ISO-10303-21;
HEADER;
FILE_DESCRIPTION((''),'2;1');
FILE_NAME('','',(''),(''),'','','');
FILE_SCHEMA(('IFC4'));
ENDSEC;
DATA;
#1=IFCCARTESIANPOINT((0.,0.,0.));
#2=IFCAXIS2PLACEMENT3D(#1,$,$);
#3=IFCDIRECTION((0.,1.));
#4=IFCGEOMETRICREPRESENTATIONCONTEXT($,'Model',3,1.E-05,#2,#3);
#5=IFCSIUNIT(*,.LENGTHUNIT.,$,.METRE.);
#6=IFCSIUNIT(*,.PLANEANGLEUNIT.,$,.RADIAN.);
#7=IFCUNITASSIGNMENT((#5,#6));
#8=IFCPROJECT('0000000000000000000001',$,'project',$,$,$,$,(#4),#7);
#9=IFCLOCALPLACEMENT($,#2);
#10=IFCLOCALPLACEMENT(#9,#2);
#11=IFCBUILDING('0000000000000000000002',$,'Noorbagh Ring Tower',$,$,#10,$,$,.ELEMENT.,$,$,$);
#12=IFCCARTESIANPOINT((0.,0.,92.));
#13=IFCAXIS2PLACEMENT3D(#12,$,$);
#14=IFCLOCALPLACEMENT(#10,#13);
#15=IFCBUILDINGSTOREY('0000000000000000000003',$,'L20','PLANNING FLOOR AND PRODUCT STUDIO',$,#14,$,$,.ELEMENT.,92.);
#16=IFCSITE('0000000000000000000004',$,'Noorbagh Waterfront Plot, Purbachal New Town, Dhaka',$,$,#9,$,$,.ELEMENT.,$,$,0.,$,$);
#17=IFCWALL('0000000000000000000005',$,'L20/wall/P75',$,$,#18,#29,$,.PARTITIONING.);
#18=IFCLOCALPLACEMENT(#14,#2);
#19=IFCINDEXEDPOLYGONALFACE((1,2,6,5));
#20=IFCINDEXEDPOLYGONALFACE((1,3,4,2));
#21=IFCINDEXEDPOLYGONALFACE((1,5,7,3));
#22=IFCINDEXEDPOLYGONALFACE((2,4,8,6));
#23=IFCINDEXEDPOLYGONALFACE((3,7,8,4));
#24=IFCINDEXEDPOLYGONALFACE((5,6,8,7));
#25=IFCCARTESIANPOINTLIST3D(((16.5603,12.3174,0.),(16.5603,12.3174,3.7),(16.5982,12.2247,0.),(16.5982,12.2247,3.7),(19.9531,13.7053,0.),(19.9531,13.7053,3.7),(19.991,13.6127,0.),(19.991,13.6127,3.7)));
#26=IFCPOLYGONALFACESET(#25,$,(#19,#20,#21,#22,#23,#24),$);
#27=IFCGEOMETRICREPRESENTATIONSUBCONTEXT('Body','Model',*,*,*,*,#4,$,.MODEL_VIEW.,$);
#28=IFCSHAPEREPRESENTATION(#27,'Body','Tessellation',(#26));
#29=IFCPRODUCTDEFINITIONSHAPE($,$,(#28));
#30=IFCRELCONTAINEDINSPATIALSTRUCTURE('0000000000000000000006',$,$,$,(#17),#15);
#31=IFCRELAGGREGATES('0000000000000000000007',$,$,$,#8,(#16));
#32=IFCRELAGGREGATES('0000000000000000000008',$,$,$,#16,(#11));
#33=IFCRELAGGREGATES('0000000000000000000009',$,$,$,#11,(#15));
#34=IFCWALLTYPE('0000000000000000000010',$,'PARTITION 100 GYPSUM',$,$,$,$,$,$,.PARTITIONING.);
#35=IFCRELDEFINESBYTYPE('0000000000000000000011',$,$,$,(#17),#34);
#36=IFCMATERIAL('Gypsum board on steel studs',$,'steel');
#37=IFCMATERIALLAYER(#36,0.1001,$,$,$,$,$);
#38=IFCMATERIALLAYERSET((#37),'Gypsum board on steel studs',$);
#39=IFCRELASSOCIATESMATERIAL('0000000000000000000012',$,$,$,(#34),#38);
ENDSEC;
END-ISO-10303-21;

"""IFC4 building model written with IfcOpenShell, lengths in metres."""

from ifc_helpers import new_model, si_unit, direction, frame, frame_2d, origin, place, context, subcontext, project, spatial, rectangle, extrude, material, layer, layer_set, type_object, element, save


model = new_model("IFC4")

# Units and contexts
model_context = context("Model", 3, precision=1e-05, world=origin(), true_north=direction((0.0, 1.0)))
body_context = subcontext(model_context, "Body", "Model", "MODEL_VIEW")
ifc_project = project(units=[si_unit("LENGTHUNIT", "METRE"), si_unit("PLANEANGLEUNIT", "RADIAN")], contexts=[model_context])

# Site, building, storey
site_placement = place(None, origin())
site = spatial("IfcSite", under=ifc_project, at=site_placement, Name="Noorbagh Waterfront Plot, Purbachal New Town, Dhaka", CompositionType="ELEMENT", RefElevation=0.0)
building_placement = place(site_placement, origin())
building = spatial("IfcBuilding", under=site, at=building_placement, Name="Noorbagh Ring Tower", CompositionType="ELEMENT")
storey_placement = place(building_placement, frame((0.0, 0.0, 92.0)))
storey = spatial("IfcBuildingStorey", under=building, at=storey_placement, Name="L20", Description="PLANNING FLOOR AND PRODUCT STUDIO", CompositionType="ELEMENT", Elevation=92.0)

# Wall
ifc_material_1 = material(Name="Gypsum board on steel studs", Category="steel")
ifc_layer_1 = layer(ifc_material_1, 0.1001)
ifc_layer_set_1 = layer_set([ifc_layer_1], Name="Gypsum board on steel studs")
wall_type_1 = type_object("IfcWallType", Name="PARTITION 100 GYPSUM", PredefinedType="PARTITIONING", material=ifc_layer_set_1)
wall_1_placement = place(storey_placement, frame((16.5791, 12.271, 0.0), z_axis=(0.0, 0.0, 1.0), x_axis=(0.92555, 0.378625, 0.0)))
element("IfcWall", 1, at=wall_1_placement, inside=storey, type_object=wall_type_1, Name="L20/wall/P75", PredefinedType="PARTITIONING", context=body_context, shape_type="SweptSolid", body=[
    extrude(rectangle(XDim=3.6658, YDim=0.1001, at=frame_2d((1.833, 0.0))), origin(), (0.0, 0.0, 1.0), 3.7),
])

save(model, "model.ifc")
